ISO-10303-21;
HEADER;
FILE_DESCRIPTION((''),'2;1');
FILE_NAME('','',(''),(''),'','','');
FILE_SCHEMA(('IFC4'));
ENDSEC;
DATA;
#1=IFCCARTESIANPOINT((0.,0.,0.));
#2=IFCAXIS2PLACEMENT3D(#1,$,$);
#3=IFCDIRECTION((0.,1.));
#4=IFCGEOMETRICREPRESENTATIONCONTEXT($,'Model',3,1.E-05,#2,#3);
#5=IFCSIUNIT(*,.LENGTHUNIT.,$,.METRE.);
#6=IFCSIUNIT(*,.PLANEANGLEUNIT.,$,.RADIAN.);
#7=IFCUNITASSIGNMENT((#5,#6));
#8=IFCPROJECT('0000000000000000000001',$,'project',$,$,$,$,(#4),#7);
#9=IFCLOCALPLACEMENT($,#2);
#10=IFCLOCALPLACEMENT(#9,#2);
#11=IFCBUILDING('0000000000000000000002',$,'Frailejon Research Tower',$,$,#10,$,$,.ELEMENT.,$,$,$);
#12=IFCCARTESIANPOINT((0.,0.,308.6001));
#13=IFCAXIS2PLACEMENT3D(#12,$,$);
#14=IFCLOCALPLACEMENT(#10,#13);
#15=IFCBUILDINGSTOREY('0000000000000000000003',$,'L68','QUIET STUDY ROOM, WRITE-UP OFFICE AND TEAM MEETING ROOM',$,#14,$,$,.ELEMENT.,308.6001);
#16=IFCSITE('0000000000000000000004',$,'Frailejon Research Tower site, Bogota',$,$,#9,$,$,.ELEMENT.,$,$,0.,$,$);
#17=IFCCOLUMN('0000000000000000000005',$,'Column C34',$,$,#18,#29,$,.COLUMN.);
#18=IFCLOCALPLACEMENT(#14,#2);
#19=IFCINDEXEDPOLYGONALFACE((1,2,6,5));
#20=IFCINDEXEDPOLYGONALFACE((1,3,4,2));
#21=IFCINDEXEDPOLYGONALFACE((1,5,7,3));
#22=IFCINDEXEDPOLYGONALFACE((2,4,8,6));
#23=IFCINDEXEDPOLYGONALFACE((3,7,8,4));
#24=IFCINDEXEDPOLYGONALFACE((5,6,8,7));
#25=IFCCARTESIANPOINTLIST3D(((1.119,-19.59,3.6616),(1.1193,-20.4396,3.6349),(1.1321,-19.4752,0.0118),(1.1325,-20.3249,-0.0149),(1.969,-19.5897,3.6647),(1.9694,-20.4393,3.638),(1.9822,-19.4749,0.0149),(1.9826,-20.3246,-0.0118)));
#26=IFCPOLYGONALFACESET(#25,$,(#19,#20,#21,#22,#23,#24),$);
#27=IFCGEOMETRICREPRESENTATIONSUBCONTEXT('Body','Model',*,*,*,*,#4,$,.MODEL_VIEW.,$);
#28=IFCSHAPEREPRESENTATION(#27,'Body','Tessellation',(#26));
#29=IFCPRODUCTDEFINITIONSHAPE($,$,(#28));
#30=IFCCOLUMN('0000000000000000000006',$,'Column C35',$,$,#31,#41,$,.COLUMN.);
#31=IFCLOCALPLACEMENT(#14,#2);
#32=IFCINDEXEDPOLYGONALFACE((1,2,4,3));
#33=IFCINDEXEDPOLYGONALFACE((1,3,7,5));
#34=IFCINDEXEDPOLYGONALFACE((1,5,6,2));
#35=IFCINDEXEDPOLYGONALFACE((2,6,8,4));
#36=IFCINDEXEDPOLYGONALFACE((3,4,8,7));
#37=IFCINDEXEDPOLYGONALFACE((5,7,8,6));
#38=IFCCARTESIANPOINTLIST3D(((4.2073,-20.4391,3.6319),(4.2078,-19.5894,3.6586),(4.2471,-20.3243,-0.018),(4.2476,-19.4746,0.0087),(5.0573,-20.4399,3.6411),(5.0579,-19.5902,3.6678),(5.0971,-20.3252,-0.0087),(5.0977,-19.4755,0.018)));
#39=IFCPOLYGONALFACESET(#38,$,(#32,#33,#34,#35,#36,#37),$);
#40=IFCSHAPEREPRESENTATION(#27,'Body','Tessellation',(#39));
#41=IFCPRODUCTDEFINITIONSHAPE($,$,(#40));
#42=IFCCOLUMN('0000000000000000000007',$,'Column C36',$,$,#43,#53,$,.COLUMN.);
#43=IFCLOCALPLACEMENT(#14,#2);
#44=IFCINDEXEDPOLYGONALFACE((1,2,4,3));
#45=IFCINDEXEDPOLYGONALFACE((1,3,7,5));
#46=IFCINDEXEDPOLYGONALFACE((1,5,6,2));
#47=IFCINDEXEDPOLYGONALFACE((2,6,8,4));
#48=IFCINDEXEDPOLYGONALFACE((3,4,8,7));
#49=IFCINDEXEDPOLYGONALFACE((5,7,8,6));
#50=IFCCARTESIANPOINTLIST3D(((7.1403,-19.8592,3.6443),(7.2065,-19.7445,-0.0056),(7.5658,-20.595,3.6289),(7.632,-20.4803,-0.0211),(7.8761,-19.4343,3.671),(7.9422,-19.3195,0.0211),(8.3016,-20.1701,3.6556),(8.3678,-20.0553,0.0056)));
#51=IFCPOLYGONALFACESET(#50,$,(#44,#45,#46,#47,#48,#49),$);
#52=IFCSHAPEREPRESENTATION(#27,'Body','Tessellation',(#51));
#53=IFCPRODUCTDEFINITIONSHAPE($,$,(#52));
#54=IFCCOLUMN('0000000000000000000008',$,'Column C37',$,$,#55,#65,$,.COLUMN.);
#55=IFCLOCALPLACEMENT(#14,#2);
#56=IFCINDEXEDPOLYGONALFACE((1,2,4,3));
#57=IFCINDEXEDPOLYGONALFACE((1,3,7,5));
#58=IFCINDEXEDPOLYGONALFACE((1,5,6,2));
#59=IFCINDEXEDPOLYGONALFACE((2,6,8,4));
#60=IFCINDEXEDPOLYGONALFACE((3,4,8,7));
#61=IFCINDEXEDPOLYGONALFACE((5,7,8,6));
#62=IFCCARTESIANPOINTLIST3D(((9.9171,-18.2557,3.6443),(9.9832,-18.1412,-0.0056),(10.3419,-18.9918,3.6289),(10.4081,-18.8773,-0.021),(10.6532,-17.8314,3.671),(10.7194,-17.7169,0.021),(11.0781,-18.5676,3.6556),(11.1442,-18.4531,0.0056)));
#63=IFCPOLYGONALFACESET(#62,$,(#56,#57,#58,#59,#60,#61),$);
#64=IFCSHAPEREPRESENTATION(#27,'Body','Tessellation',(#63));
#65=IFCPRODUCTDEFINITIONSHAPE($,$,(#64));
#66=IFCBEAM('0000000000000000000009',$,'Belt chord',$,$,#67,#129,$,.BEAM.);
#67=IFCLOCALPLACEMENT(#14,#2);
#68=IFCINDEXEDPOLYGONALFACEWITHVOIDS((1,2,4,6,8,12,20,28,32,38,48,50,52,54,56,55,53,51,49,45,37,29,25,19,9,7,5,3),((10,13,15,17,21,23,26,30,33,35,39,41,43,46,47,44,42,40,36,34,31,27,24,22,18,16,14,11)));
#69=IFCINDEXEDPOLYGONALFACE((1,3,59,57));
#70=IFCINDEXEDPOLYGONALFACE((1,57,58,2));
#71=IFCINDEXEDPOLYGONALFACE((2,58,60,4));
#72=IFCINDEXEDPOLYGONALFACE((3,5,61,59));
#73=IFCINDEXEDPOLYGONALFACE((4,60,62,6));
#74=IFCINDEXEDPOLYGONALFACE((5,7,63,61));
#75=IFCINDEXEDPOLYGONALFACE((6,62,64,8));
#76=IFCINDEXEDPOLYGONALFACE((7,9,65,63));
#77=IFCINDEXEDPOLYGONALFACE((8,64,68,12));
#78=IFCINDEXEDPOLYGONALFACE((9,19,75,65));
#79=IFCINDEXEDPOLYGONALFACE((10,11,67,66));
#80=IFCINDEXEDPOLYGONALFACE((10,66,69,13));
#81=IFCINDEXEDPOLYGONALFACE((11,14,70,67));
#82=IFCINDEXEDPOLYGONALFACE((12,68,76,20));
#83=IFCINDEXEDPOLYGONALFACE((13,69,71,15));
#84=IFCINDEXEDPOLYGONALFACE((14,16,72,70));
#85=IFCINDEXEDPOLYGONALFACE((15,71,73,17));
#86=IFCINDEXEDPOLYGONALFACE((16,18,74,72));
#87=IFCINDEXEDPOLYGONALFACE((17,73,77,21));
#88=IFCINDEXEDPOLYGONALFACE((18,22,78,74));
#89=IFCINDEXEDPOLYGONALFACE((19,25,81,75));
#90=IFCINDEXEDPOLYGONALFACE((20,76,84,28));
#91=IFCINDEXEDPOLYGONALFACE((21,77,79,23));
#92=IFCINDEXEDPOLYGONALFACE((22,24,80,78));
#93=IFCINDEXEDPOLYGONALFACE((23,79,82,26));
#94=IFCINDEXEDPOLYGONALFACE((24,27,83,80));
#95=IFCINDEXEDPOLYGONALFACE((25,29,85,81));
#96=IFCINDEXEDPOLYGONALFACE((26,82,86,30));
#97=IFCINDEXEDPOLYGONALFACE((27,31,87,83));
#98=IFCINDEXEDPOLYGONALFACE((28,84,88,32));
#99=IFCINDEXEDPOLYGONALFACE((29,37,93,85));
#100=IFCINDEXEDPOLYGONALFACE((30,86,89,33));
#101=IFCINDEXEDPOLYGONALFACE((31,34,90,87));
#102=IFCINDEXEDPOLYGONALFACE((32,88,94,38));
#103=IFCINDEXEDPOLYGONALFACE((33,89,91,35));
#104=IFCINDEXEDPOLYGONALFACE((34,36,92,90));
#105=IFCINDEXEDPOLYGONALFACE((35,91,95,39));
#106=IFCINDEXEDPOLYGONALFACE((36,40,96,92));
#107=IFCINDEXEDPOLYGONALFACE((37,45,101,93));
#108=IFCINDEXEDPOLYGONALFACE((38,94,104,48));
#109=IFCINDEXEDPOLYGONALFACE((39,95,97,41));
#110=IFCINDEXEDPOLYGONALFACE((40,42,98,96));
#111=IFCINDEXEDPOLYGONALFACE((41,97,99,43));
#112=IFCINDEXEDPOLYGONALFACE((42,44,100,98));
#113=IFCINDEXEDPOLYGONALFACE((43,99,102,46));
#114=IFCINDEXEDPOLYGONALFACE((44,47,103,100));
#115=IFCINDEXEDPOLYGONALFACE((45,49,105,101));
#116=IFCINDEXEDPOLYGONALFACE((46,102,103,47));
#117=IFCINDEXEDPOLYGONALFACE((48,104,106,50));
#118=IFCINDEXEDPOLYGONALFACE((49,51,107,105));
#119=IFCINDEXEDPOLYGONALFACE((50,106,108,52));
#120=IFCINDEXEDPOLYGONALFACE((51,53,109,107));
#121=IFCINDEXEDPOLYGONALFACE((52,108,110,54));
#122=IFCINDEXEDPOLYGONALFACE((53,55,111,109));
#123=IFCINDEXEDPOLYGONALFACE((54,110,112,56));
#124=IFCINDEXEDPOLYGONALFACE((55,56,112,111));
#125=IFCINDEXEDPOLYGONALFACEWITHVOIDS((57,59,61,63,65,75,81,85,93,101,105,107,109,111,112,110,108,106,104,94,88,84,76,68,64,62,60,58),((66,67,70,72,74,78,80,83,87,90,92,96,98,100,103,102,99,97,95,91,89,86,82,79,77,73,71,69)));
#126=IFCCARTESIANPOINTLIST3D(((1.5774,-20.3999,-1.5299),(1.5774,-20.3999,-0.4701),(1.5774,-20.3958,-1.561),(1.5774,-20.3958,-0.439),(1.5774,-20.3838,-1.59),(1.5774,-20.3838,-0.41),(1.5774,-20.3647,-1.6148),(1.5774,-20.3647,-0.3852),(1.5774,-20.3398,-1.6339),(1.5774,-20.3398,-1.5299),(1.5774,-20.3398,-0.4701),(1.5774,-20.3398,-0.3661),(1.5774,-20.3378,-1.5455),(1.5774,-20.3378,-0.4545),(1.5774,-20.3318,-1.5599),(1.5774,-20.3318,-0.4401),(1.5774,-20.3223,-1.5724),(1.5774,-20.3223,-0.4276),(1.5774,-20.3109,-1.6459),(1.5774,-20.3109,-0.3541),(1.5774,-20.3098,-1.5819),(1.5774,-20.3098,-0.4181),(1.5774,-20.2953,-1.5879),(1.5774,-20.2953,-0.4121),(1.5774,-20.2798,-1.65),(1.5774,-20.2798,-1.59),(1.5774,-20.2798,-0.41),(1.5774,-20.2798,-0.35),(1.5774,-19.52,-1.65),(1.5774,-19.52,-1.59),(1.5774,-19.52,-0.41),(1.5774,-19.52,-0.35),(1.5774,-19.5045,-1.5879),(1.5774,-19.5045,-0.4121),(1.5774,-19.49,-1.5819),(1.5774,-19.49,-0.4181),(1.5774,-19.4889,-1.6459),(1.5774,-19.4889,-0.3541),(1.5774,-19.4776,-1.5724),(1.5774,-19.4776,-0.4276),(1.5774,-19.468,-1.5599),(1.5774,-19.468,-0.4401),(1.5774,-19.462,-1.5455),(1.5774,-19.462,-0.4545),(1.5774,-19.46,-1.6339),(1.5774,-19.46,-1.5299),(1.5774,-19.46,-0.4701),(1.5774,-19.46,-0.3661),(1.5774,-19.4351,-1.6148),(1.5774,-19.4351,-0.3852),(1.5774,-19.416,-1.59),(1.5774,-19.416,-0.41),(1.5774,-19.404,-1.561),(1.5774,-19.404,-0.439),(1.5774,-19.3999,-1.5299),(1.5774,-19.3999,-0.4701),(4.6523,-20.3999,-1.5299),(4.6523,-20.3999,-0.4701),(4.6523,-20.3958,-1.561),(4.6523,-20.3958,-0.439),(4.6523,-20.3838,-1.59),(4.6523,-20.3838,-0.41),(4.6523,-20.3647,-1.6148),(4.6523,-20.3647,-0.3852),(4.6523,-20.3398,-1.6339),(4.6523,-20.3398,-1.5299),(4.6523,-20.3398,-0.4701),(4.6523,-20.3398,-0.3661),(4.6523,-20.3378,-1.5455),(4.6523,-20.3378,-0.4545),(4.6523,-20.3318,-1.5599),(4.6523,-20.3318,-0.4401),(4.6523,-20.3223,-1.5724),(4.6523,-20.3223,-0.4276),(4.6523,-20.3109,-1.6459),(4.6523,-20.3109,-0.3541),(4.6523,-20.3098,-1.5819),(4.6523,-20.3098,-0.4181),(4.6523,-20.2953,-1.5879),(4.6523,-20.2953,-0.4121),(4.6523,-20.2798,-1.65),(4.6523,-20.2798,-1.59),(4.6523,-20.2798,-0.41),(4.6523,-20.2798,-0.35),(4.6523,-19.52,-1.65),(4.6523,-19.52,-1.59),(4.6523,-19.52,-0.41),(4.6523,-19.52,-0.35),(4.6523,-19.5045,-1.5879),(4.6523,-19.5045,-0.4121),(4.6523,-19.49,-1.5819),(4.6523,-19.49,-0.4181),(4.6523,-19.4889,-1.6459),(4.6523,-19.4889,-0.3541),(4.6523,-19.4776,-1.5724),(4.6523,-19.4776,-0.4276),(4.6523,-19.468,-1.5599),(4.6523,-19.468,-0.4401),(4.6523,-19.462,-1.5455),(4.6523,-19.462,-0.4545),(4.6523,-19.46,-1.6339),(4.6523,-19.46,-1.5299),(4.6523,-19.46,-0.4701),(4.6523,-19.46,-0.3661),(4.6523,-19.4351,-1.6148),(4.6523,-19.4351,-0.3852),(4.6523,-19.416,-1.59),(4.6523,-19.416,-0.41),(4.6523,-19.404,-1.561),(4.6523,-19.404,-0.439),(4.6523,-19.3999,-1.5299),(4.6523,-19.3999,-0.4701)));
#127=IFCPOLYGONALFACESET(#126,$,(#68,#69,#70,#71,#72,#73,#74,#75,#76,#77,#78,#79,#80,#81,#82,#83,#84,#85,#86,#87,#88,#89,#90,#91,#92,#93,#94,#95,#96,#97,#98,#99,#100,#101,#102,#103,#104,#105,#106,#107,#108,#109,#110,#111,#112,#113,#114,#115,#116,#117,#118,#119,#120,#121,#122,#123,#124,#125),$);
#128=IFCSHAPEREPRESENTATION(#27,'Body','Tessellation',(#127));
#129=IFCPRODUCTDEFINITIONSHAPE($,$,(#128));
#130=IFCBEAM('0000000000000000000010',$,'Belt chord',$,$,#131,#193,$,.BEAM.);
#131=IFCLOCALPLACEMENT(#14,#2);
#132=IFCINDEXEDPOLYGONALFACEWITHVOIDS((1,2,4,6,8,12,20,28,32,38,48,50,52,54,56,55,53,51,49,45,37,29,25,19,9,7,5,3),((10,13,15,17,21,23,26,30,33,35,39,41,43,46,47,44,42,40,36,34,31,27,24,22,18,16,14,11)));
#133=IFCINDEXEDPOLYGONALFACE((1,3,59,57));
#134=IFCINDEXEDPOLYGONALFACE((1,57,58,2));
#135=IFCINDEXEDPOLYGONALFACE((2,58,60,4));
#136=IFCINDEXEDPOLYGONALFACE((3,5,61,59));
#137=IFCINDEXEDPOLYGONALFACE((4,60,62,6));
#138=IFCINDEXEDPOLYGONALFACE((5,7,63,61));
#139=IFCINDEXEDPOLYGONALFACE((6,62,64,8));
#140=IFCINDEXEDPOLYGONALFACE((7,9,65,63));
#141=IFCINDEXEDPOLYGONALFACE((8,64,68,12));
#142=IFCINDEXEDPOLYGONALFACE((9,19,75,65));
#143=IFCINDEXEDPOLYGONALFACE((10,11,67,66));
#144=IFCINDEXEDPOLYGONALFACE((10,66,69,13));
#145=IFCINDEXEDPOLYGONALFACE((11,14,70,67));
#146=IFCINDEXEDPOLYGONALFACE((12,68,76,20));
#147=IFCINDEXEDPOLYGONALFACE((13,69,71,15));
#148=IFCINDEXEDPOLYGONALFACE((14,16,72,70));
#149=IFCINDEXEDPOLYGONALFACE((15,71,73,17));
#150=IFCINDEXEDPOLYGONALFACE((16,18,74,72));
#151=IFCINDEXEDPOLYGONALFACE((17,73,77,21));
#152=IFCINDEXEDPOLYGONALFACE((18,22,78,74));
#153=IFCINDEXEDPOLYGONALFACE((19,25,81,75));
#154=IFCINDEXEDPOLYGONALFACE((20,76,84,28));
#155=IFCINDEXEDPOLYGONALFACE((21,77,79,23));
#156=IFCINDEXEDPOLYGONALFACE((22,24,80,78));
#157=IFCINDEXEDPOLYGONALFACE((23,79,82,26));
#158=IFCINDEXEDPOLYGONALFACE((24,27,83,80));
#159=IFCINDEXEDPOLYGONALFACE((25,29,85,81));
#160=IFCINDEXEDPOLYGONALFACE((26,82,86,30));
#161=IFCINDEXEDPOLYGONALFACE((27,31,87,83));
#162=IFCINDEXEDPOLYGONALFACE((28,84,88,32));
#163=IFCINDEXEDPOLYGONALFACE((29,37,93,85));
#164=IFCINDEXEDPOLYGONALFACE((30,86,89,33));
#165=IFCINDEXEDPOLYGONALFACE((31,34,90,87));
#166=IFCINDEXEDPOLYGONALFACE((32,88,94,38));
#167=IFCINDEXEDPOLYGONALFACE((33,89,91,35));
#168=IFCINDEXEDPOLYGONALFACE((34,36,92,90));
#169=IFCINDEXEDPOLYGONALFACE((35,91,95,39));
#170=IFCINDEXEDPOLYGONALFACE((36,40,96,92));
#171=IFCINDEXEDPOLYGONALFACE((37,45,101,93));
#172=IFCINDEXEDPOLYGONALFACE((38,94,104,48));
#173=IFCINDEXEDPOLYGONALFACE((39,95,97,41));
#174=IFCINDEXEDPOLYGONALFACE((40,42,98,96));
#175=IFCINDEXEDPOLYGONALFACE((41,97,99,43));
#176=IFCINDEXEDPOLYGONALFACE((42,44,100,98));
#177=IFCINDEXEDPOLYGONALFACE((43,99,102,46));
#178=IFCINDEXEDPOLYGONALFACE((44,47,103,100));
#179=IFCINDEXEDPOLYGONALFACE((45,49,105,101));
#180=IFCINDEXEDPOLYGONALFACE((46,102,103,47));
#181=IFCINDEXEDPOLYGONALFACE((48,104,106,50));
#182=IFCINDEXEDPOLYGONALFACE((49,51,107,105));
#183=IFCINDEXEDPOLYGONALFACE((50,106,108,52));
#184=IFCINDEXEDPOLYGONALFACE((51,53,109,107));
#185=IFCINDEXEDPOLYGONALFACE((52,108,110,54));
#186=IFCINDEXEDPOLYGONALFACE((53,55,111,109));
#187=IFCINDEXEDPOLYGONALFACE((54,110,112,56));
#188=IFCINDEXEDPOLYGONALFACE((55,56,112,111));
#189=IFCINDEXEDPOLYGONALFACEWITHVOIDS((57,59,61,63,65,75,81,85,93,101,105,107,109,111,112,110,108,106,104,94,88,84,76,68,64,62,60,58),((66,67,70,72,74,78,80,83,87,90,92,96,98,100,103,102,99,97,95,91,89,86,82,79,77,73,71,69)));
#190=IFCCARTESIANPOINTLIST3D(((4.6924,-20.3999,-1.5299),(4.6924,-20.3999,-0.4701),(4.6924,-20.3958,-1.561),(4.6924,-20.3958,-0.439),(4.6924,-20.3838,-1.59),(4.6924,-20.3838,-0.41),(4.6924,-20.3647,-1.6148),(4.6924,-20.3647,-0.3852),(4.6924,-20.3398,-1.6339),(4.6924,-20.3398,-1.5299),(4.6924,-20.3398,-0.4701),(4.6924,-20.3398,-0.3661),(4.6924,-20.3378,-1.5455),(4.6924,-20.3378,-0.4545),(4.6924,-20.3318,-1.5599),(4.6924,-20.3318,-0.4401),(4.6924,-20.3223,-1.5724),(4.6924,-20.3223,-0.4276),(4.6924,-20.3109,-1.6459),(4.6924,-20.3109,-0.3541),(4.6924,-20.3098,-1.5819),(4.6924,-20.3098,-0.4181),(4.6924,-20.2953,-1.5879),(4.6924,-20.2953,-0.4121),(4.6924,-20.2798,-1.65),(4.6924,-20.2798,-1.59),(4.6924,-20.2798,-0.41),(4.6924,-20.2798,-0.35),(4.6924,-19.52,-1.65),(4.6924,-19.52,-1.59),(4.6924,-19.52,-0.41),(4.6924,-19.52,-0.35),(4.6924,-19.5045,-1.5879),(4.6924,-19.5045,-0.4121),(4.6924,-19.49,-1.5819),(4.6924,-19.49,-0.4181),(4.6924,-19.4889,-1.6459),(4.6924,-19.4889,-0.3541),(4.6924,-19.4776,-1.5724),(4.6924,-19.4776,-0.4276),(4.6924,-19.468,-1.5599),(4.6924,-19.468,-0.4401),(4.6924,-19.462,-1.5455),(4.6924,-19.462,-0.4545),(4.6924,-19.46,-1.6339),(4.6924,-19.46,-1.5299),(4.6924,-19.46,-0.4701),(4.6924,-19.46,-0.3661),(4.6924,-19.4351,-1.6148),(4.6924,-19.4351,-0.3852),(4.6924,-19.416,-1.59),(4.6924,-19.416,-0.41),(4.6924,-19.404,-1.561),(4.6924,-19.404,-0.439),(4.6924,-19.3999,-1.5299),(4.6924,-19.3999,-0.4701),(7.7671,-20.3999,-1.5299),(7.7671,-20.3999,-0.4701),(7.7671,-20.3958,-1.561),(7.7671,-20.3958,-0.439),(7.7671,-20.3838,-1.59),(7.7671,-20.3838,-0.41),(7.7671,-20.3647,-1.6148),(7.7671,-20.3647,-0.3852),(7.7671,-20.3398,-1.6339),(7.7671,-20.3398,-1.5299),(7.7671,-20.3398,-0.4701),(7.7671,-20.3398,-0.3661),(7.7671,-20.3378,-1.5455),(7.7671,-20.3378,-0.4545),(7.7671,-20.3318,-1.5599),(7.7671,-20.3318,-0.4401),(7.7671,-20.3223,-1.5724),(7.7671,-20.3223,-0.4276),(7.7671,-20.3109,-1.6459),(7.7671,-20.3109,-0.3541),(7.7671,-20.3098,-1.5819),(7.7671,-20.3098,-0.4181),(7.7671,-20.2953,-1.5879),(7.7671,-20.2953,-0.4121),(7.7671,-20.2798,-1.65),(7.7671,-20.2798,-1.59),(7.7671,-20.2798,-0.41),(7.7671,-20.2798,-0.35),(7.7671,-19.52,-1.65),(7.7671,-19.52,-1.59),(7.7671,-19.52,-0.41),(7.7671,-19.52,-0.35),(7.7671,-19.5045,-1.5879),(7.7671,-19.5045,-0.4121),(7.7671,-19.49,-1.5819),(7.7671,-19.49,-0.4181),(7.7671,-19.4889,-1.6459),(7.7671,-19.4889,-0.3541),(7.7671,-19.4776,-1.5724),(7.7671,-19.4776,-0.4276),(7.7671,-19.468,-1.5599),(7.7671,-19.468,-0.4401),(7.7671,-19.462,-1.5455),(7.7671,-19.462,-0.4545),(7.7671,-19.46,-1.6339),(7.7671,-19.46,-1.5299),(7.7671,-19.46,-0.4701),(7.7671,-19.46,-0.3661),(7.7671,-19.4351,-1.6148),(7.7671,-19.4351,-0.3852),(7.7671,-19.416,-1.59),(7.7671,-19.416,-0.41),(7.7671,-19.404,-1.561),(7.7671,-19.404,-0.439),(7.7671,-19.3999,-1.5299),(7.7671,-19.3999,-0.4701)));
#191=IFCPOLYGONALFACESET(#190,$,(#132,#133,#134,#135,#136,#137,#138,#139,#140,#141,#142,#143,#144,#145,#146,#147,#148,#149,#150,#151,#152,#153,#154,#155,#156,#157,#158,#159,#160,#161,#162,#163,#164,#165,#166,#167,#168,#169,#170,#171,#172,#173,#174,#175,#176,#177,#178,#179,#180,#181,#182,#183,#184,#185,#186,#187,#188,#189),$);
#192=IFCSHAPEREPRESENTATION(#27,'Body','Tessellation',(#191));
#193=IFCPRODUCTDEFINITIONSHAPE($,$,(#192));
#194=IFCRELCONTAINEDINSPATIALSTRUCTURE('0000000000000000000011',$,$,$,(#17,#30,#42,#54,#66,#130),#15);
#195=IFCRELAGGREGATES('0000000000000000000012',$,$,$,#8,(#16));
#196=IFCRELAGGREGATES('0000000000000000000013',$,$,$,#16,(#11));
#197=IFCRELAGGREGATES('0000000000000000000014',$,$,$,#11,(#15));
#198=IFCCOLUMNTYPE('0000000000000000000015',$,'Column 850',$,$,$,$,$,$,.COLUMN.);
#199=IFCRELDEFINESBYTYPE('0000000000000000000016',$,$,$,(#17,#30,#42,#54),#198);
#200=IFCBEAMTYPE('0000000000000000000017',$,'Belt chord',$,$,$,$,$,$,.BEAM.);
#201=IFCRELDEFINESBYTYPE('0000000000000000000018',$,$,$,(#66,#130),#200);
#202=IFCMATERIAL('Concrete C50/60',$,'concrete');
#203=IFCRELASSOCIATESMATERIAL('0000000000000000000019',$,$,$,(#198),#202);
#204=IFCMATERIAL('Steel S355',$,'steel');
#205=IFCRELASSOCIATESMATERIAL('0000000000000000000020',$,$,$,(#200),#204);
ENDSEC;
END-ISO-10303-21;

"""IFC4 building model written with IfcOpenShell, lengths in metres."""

from ifc_helpers import new_model, si_unit, direction, frame, origin, origin_2d, place, context, subcontext, project, spatial, rectangle, hollow_rectangle, extrude, material, material_profile, profile_set, type_object, element, save


model = new_model("IFC4")

# Units and contexts
model_context = context("Model", 3, precision=1e-05, world=origin(), true_north=direction((0.0, 1.0)))
body_context = subcontext(model_context, "Body", "Model", "MODEL_VIEW")
ifc_project = project(units=[si_unit("LENGTHUNIT", "METRE"), si_unit("PLANEANGLEUNIT", "RADIAN")], contexts=[model_context])

# Site, building, storey
site_placement = place(None, origin())
site = spatial("IfcSite", under=ifc_project, at=site_placement, Name="Frailejon Research Tower site, Bogota", CompositionType="ELEMENT", RefElevation=0.0)
building_placement = place(site_placement, origin())
building = spatial("IfcBuilding", under=site, at=building_placement, Name="Frailejon Research Tower", CompositionType="ELEMENT")
storey_placement = place(building_placement, frame((0.0, 0.0, 308.6001)))
storey = spatial("IfcBuildingStorey", under=building, at=storey_placement, Name="L68", Description="QUIET STUDY ROOM, WRITE-UP OFFICE AND TEAM MEETING ROOM", CompositionType="ELEMENT", Elevation=308.6001)

# Columns
ifc_material_1 = material(Name="Concrete C50/60", Category="concrete")
ifc_material_profile_1 = material_profile(ifc_material_1, rectangle(XDim=0.8501, YDim=0.8501, at=origin_2d()), Name="Column 850")
ifc_profile_set_1 = profile_set([ifc_material_profile_1], Name="Concrete C50/60")
column_type = type_object("IfcColumnType", Name="Column 850", PredefinedType="COLUMN", material=ifc_profile_set_1)
column_1_placement = place(storey_placement, frame((1.5574, -19.8999, 0.0), z_axis=(-0.00361, -0.031422, 0.9995), x_axis=(0.999993, 0.000341, 0.003623)))
element("IfcColumn", 1, at=column_1_placement, inside=storey, type_object=column_type, Name="Column C34", PredefinedType="COLUMN", context=body_context, shape_type="SweptSolid", body=[
    extrude(rectangle(XDim=0.8501, YDim=0.8501, at=origin_2d()), origin(), (0.0, 0.0, 1.0), 3.6516),
])
column_2_placement = place(storey_placement, frame((4.6724, -19.8999, 0.0), z_axis=(-0.010897, -0.031421, 0.999447), x_axis=(0.99994, -0.001008, 0.010871)))
element("IfcColumn", 2, at=column_2_placement, inside=storey, type_object=column_type, Name="Column C35", PredefinedType="COLUMN", context=body_context, shape_type="SweptSolid", body=[
    extrude(rectangle(XDim=0.8501, YDim=0.8501, at=origin_2d()), origin(), (0.0, 0.0, 1.0), 3.6519),
])
for number, where, z_axis, x_axis, name in (
    (3, (7.7871, -19.8999, 0.0), (-0.018115, -0.031417, 0.999342), (0.86552, 0.499889, 0.031405), "Column C36"),
    (4, (10.5637, -18.2971, 0.0), (-0.018115, -0.031351, 0.999344), (0.865981, 0.499093, 0.031355), "Column C37"),
):
    element("IfcColumn", number, at=place(storey_placement, frame(where, z_axis=z_axis, x_axis=x_axis)), inside=storey, type_object=column_type, Name=name, PredefinedType="COLUMN", context=body_context, shape_type="SweptSolid", body=[
        extrude(rectangle(XDim=0.8501, YDim=0.8501, at=origin_2d()), origin(), (0.0, 0.0, 1.0), 3.6523),
    ])

# Beams
ifc_material_2 = material(Name="Steel S355", Category="steel")
ifc_material_profile_2 = material_profile(ifc_material_2, hollow_rectangle(XDim=1.0, YDim=1.3, WallThickness=0.0601, InnerFilletRadius=0.0601, OuterFilletRadius=0.1201, at=origin_2d()), Name="Belt chord")
ifc_profile_set_2 = profile_set([ifc_material_profile_2], Name="Steel S355")
beam_type_1 = type_object("IfcBeamType", Name="Belt chord", PredefinedType="BEAM", material=ifc_profile_set_2)
beam_1_placement = place(storey_placement, frame((1.5774, -19.8999, -1.0), z_axis=(1.0, 0.0, 0.0), x_axis=(0.0, 1.0, 0.0)))
element("IfcBeam", 5, at=beam_1_placement, inside=storey, type_object=beam_type_1, Name="Belt chord", PredefinedType="BEAM", context=body_context, shape_type="SweptSolid", body=[
    extrude(hollow_rectangle(XDim=1.0, YDim=1.3, WallThickness=0.0601, InnerFilletRadius=0.0601, OuterFilletRadius=0.1201, at=origin_2d()), origin(), (0.0, 0.0, 1.0), 3.075),
])
beam_2_placement = place(storey_placement, frame((4.6924, -19.8999, -1.0), z_axis=(1.0, 0.0, 0.0), x_axis=(0.0, 1.0, 0.0)))
element("IfcBeam", 6, at=beam_2_placement, inside=storey, type_object=beam_type_1, Name="Belt chord", PredefinedType="BEAM", context=body_context, shape_type="SweptSolid", body=[
    extrude(hollow_rectangle(XDim=1.0, YDim=1.3, WallThickness=0.0601, InnerFilletRadius=0.0601, OuterFilletRadius=0.1201, at=origin_2d()), origin(), (0.0, 0.0, 1.0), 3.0747),
])

save(model, "model.ifc")
